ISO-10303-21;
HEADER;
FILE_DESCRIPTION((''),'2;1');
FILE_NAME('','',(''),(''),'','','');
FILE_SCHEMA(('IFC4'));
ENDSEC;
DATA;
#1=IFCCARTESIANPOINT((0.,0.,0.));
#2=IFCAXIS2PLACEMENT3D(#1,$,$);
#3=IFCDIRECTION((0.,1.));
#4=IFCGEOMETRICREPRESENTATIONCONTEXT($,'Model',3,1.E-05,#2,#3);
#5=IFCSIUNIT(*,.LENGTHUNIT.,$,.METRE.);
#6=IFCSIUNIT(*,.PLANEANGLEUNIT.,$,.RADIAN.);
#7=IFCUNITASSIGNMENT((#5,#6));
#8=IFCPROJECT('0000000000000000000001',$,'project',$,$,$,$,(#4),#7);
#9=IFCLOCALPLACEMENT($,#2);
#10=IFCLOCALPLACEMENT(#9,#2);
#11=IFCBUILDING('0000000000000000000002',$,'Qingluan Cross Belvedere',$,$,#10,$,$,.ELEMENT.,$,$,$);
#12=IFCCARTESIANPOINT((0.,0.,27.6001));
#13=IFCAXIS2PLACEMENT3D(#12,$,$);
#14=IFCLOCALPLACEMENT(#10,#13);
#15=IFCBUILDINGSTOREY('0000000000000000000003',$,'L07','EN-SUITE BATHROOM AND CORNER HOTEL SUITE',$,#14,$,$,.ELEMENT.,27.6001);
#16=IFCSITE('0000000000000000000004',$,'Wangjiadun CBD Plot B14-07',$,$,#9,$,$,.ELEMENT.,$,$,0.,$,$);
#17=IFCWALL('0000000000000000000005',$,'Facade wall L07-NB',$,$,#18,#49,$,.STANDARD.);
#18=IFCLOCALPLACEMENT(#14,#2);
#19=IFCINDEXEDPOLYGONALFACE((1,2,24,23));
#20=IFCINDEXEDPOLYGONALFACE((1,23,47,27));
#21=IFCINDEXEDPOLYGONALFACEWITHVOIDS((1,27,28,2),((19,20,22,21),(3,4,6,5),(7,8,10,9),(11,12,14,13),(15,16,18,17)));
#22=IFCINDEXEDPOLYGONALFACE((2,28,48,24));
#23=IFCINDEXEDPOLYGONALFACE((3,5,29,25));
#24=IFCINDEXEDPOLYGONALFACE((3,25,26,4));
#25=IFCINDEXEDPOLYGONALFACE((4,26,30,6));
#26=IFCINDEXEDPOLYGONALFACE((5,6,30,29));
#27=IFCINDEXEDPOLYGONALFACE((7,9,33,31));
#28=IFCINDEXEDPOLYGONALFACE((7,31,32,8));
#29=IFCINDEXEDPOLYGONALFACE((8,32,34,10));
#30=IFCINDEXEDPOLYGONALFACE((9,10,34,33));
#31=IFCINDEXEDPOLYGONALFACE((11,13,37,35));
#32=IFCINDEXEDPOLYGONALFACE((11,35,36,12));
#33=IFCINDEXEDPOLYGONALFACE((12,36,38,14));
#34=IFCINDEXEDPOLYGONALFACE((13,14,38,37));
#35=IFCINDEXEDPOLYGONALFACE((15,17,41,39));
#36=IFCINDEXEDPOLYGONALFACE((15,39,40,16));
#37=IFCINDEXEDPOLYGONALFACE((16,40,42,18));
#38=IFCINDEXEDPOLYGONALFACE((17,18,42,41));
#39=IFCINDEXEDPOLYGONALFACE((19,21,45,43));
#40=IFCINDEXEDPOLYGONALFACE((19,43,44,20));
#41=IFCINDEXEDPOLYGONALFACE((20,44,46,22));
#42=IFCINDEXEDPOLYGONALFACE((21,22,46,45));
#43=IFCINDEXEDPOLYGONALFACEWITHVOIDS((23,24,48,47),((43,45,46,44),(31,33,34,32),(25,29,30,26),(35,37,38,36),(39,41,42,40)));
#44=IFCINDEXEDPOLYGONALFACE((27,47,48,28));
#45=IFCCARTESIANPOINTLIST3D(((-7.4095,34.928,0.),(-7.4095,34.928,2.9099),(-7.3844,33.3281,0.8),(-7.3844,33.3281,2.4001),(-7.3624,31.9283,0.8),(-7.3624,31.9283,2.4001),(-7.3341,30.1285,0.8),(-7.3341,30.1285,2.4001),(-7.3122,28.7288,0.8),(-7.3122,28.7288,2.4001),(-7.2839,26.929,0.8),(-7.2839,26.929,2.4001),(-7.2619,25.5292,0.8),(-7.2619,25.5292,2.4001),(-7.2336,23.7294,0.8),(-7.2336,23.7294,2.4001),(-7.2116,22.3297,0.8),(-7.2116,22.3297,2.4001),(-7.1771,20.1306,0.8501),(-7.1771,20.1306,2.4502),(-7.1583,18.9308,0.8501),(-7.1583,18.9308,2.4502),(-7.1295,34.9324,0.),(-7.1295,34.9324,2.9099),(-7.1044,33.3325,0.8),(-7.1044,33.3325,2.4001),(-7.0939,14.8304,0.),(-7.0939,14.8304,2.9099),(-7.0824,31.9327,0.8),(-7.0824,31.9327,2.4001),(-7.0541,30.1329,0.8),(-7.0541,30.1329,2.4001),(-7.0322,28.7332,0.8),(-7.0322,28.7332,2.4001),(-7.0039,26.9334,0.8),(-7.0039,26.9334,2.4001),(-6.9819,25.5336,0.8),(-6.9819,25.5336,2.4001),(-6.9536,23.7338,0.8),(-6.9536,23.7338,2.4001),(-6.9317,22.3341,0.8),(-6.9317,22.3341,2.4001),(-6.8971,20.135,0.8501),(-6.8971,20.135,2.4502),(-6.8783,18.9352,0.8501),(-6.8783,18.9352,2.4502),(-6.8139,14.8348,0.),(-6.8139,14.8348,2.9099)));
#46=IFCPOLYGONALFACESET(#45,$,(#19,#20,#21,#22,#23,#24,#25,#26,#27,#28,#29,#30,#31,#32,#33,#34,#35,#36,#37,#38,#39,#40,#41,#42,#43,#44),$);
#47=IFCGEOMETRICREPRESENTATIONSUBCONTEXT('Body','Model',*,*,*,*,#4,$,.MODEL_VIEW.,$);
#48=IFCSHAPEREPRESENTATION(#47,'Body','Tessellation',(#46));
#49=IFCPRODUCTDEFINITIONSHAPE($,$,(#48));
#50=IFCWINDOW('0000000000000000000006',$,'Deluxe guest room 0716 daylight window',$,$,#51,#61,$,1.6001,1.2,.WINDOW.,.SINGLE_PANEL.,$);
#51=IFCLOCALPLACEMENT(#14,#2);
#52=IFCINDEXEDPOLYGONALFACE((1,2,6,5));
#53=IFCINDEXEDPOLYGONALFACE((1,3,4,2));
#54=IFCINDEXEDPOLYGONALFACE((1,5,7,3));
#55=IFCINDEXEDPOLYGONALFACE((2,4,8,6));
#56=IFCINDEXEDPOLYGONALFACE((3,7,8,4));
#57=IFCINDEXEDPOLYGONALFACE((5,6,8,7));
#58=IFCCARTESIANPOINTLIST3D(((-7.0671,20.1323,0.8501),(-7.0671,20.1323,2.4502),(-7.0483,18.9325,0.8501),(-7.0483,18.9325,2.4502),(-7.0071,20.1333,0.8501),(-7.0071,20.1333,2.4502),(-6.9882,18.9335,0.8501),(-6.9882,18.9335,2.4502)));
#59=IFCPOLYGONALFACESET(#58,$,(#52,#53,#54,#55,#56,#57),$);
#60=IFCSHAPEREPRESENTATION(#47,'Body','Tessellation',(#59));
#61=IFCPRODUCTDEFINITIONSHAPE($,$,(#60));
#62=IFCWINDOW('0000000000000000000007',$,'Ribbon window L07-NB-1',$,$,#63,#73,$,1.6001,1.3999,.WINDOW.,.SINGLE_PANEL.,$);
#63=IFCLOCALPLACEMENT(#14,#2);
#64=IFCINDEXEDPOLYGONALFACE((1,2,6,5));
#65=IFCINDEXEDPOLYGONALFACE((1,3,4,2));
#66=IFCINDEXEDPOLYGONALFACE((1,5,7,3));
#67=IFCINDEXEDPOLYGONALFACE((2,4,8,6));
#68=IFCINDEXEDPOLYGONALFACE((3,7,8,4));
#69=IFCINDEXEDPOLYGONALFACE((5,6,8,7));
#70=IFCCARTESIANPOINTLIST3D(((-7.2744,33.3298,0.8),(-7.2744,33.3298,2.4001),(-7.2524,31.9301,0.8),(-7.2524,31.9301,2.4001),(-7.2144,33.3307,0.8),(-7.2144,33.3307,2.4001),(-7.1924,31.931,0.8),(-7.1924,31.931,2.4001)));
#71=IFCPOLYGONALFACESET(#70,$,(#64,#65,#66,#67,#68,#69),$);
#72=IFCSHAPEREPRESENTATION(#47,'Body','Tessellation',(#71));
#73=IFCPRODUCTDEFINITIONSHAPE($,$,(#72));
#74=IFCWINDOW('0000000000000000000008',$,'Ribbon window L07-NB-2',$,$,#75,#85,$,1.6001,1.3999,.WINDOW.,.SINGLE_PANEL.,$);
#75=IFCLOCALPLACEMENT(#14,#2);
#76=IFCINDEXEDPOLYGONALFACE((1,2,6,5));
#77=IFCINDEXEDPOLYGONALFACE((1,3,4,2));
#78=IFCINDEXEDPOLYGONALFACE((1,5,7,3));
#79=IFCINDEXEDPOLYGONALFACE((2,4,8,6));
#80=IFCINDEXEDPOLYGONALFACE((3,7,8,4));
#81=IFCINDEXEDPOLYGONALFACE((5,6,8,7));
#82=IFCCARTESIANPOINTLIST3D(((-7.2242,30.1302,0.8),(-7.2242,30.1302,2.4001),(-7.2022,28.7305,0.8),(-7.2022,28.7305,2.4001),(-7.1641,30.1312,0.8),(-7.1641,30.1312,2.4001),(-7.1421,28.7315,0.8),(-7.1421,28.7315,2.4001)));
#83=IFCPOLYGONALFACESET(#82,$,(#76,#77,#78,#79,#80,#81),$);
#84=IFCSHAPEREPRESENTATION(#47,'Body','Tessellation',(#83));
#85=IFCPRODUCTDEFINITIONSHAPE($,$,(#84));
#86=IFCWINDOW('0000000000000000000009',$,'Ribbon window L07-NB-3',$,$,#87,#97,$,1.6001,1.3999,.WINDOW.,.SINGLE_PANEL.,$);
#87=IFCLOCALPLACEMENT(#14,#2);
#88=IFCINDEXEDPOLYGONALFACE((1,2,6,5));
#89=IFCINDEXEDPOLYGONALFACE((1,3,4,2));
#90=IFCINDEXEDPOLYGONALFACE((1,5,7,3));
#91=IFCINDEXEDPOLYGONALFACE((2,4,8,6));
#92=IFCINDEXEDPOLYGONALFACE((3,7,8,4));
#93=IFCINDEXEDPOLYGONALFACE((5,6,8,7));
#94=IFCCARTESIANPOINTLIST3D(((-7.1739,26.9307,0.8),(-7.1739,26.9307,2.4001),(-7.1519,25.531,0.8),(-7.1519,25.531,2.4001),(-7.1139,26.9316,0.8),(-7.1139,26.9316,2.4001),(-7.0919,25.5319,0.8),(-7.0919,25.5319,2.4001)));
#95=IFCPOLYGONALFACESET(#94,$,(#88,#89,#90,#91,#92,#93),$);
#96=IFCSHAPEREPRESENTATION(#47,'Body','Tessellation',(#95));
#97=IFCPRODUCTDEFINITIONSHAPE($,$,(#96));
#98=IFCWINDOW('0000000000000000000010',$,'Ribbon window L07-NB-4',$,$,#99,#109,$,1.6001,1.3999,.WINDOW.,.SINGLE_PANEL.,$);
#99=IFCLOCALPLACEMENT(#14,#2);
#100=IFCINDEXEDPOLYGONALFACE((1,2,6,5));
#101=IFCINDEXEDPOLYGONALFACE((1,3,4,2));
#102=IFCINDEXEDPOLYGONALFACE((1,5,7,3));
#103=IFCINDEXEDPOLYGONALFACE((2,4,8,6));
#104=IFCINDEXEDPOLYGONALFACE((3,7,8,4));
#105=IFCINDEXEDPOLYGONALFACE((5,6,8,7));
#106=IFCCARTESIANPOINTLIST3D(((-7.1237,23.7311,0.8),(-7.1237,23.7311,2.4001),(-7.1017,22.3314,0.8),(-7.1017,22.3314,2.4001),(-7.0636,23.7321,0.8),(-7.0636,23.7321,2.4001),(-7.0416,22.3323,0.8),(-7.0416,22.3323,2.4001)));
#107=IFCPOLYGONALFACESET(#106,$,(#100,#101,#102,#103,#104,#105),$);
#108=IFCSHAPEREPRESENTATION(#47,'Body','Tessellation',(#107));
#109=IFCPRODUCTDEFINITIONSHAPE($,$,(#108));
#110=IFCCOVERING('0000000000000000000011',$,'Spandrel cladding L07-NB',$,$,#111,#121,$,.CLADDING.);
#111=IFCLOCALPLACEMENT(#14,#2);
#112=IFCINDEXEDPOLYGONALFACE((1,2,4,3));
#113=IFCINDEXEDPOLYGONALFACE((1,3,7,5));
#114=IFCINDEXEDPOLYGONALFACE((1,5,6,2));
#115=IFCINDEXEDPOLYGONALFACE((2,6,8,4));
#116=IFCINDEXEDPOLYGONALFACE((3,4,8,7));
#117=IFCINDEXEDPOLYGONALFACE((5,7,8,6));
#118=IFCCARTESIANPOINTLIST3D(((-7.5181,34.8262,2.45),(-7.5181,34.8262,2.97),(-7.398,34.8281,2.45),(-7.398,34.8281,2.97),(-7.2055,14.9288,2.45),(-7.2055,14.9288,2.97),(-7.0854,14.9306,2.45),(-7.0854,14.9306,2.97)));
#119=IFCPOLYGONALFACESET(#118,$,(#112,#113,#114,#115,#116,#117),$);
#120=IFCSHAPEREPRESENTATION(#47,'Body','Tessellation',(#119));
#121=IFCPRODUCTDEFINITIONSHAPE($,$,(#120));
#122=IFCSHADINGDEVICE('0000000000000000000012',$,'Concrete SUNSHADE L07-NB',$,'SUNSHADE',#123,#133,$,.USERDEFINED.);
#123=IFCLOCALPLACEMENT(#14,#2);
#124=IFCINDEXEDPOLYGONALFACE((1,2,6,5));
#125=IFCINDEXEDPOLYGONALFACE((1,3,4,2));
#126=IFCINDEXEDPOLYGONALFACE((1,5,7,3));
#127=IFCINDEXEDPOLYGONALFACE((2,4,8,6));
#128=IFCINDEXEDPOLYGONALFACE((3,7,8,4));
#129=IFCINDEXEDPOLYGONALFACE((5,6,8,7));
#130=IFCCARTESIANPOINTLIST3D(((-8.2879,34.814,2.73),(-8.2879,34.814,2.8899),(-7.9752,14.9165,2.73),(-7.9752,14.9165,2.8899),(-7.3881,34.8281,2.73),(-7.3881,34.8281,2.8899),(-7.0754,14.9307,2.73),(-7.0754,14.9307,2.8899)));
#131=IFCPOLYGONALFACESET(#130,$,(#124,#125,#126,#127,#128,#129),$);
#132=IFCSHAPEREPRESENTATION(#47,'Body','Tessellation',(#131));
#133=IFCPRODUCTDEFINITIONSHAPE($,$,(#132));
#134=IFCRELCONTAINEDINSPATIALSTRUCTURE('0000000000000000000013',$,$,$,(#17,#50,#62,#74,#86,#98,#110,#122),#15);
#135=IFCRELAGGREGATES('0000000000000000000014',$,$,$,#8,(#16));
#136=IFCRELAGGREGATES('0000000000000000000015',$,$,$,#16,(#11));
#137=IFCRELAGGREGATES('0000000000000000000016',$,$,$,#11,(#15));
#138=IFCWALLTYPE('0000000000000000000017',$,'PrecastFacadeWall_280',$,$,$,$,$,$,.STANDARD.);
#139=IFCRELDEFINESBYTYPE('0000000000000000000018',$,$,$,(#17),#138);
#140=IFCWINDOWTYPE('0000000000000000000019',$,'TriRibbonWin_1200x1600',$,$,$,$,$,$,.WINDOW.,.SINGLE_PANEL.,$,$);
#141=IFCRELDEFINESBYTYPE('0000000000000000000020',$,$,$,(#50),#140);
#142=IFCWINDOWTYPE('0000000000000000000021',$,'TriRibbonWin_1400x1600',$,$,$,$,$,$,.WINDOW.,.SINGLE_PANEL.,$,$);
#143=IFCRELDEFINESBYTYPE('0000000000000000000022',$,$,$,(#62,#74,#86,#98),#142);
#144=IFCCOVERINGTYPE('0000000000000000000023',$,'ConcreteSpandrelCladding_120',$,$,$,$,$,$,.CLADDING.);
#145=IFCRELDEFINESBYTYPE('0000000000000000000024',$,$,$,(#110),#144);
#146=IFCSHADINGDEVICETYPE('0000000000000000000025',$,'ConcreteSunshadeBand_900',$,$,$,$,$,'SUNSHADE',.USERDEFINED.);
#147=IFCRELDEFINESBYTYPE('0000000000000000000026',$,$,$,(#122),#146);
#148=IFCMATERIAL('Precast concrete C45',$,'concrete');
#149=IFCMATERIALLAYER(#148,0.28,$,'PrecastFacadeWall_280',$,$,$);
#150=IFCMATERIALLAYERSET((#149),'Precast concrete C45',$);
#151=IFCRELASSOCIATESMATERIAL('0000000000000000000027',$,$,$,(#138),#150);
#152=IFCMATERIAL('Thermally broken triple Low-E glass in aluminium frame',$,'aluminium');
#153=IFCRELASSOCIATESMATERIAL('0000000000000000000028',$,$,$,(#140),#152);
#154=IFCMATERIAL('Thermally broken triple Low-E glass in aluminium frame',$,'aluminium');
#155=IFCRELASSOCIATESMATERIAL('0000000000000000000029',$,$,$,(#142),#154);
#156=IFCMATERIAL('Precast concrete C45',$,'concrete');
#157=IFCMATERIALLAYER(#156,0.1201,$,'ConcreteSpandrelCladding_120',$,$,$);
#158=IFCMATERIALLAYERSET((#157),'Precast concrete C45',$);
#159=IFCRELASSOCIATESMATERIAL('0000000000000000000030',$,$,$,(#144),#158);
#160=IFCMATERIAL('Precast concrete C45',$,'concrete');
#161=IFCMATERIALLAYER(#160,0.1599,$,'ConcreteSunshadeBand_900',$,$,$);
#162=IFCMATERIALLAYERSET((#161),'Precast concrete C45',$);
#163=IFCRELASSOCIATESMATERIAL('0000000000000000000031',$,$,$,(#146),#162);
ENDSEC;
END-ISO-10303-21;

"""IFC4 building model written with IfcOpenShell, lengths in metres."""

from ifc_helpers import new_model, si_unit, direction, frame, frame_2d, origin, origin_2d, place, context, subcontext, project, spatial, rectangle, extrude, material, layer, layer_set, type_object, element, fill, save


model = new_model("IFC4")

# Units and contexts
model_context = context("Model", 3, precision=1e-05, world=origin(), true_north=direction((0.0, 1.0)))
body_context = subcontext(model_context, "Body", "Model", "MODEL_VIEW")
ifc_project = project(units=[si_unit("LENGTHUNIT", "METRE"), si_unit("PLANEANGLEUNIT", "RADIAN")], contexts=[model_context])

# Site, building, storey
site_placement = place(None, origin())
site = spatial("IfcSite", under=ifc_project, at=site_placement, Name="Wangjiadun CBD Plot B14-07", CompositionType="ELEMENT", RefElevation=0.0)
building_placement = place(site_placement, origin())
building = spatial("IfcBuilding", under=site, at=building_placement, Name="Qingluan Cross Belvedere", CompositionType="ELEMENT")
storey_placement = place(building_placement, frame((0.0, 0.0, 27.6001)))
storey = spatial("IfcBuildingStorey", under=building, at=storey_placement, Name="L07", Description="EN-SUITE BATHROOM AND CORNER HOTEL SUITE", CompositionType="ELEMENT", Elevation=27.6001)

# Wall, openings, windows
ifc_material_1 = material(Name="Precast concrete C45", Category="concrete")
ifc_layer_1 = layer(ifc_material_1, 0.28, Name="PrecastFacadeWall_280")
ifc_layer_set_1 = layer_set([ifc_layer_1], Name="Precast concrete C45")
wall_type_1 = type_object("IfcWallType", Name="PrecastFacadeWall_280", PredefinedType="STANDARD", material=ifc_layer_set_1)
wall_1_placement = place(storey_placement, frame((-7.2695, 34.9302, 0.0), z_axis=(0.0, 0.0, 1.0), x_axis=(0.015705, -0.999877, 0.0)))
wall_1 = element("IfcWall", 1, at=wall_1_placement, inside=storey, type_object=wall_type_1, Name="Facade wall L07-NB", PredefinedType="STANDARD", context=body_context, shape_type="SweptSolid", body=[
    extrude(rectangle(XDim=20.1001, YDim=0.28, at=frame_2d((10.05, 0.0))), origin(), (0.0, 0.0, 1.0), 2.9099),
])
opening_1_placement = place(wall_1_placement, frame((1.6001, 0.0, 0.8)))
opening_1 = element("IfcOpeningElement", 2, at=opening_1_placement, cuts=wall_1, PredefinedType="OPENING", context=body_context, shape_type="SweptSolid", body=[
    extrude(rectangle(XDim=1.3999, YDim=1.6001, at=frame_2d((0.7, 0.8))), frame((0.0, 0.1499, 0.0), z_axis=(0.0, -1.0, 0.0), x_axis=(1.0, 0.0, 0.0)), (0.0, 0.0, 1.0), 0.3),
])
opening_2_placement = place(wall_1_placement, frame((4.8, 0.0, 0.8)))
opening_2 = element("IfcOpeningElement", 3, at=opening_2_placement, cuts=wall_1, PredefinedType="OPENING", context=body_context, shape_type="SweptSolid", body=[
    extrude(rectangle(XDim=1.3999, YDim=1.6001, at=frame_2d((0.7, 0.8))), frame((0.0, 0.1499, 0.0), z_axis=(0.0, -1.0, 0.0), x_axis=(1.0, 0.0, 0.0)), (0.0, 0.0, 1.0), 0.3),
])
opening_3_placement = place(wall_1_placement, frame((8.0, 0.0, 0.8)))
opening_3 = element("IfcOpeningElement", 4, at=opening_3_placement, cuts=wall_1, PredefinedType="OPENING", context=body_context, shape_type="SweptSolid", body=[
    extrude(rectangle(XDim=1.3999, YDim=1.6001, at=frame_2d((0.7, 0.8))), frame((0.0, 0.1499, 0.0), z_axis=(0.0, -1.0, 0.0), x_axis=(1.0, 0.0, 0.0)), (0.0, 0.0, 1.0), 0.3),
])
opening_4_placement = place(wall_1_placement, frame((11.2, 0.0, 0.8)))
opening_4 = element("IfcOpeningElement", 5, at=opening_4_placement, cuts=wall_1, PredefinedType="OPENING", context=body_context, shape_type="SweptSolid", body=[
    extrude(rectangle(XDim=1.3999, YDim=1.6001, at=frame_2d((0.7, 0.8))), frame((0.0, 0.1499, 0.0), z_axis=(0.0, -1.0, 0.0), x_axis=(1.0, 0.0, 0.0)), (0.0, 0.0, 1.0), 0.3),
])
opening_5_placement = place(wall_1_placement, frame((14.7991, 0.0, 0.8501)))
opening_5 = element("IfcOpeningElement", 6, at=opening_5_placement, cuts=wall_1, PredefinedType="OPENING", context=body_context, shape_type="SweptSolid", body=[
    extrude(rectangle(XDim=1.2, YDim=1.6001, at=frame_2d((0.6001, 0.8))), frame((0.0, 0.1499, 0.0), z_axis=(0.0, -1.0, 0.0), x_axis=(1.0, 0.0, 0.0)), (0.0, 0.0, 1.0), 0.3),
])
ifc_material_2 = material(Name="Thermally broken triple Low-E glass in aluminium frame", Category="aluminium")
window_type_1 = type_object("IfcWindowType", Name="TriRibbonWin_1200x1600", PartitioningType="SINGLE_PANEL", PredefinedType="WINDOW", material=ifc_material_2)
window_1_placement = place(opening_5_placement, origin())
window_1 = element("IfcWindow", 7, at=window_1_placement, inside=storey, type_object=window_type_1, Name="Deluxe guest room 0716 daylight window", OverallHeight=1.6001, OverallWidth=1.2, PartitioningType="SINGLE_PANEL", PredefinedType="WINDOW", context=body_context, shape_type="SweptSolid", body=[
    extrude(rectangle(XDim=1.2, YDim=1.6001, at=frame_2d((0.6001, 0.8))), frame((0.0, 0.03, 0.0), z_axis=(0.0, -1.0, 0.0), x_axis=(1.0, 0.0, 0.0)), (0.0, 0.0, 1.0), 0.0601),
])
fill(opening_5, window_1)
ifc_material_3 = material(Name="Thermally broken triple Low-E glass in aluminium frame", Category="aluminium")
window_type_2 = type_object("IfcWindowType", Name="TriRibbonWin_1400x1600", PartitioningType="SINGLE_PANEL", PredefinedType="WINDOW", material=ifc_material_3)
window_2_placement = place(opening_1_placement, origin())
window_2 = element("IfcWindow", 8, at=window_2_placement, inside=storey, type_object=window_type_2, Name="Ribbon window L07-NB-1", OverallHeight=1.6001, OverallWidth=1.3999, PartitioningType="SINGLE_PANEL", PredefinedType="WINDOW", context=body_context, shape_type="SweptSolid", body=[
    extrude(rectangle(XDim=1.3999, YDim=1.6001, at=frame_2d((0.7, 0.8))), frame((0.0, 0.03, 0.0), z_axis=(0.0, -1.0, 0.0), x_axis=(1.0, 0.0, 0.0)), (0.0, 0.0, 1.0), 0.0601),
])
fill(opening_1, window_2)
window_3_placement = place(opening_2_placement, origin())
window_3 = element("IfcWindow", 9, at=window_3_placement, inside=storey, type_object=window_type_2, Name="Ribbon window L07-NB-2", OverallHeight=1.6001, OverallWidth=1.3999, PartitioningType="SINGLE_PANEL", PredefinedType="WINDOW", context=body_context, shape_type="SweptSolid", body=[
    extrude(rectangle(XDim=1.3999, YDim=1.6001, at=frame_2d((0.7, 0.8))), frame((0.0, 0.03, 0.0), z_axis=(0.0, -1.0, 0.0), x_axis=(1.0, 0.0, 0.0)), (0.0, 0.0, 1.0), 0.0601),
])
fill(opening_2, window_3)
window_4_placement = place(opening_3_placement, origin())
window_4 = element("IfcWindow", 10, at=window_4_placement, inside=storey, type_object=window_type_2, Name="Ribbon window L07-NB-3", OverallHeight=1.6001, OverallWidth=1.3999, PartitioningType="SINGLE_PANEL", PredefinedType="WINDOW", context=body_context, shape_type="SweptSolid", body=[
    extrude(rectangle(XDim=1.3999, YDim=1.6001, at=frame_2d((0.7, 0.8))), frame((0.0, 0.03, 0.0), z_axis=(0.0, -1.0, 0.0), x_axis=(1.0, 0.0, 0.0)), (0.0, 0.0, 1.0), 0.0601),
])
fill(opening_3, window_4)
window_5_placement = place(opening_4_placement, origin())
window_5 = element("IfcWindow", 11, at=window_5_placement, inside=storey, type_object=window_type_2, Name="Ribbon window L07-NB-4", OverallHeight=1.6001, OverallWidth=1.3999, PartitioningType="SINGLE_PANEL", PredefinedType="WINDOW", context=body_context, shape_type="SweptSolid", body=[
    extrude(rectangle(XDim=1.3999, YDim=1.6001, at=frame_2d((0.7, 0.8))), frame((0.0, 0.03, 0.0), z_axis=(0.0, -1.0, 0.0), x_axis=(1.0, 0.0, 0.0)), (0.0, 0.0, 1.0), 0.0601),
])
fill(opening_4, window_5)

# Covering
ifc_material_4 = material(Name="Precast concrete C45", Category="concrete")
ifc_layer_2 = layer(ifc_material_4, 0.1201, Name="ConcreteSpandrelCladding_120")
ifc_layer_set_2 = layer_set([ifc_layer_2], Name="Precast concrete C45")
covering_type = type_object("IfcCoveringType", Name="ConcreteSpandrelCladding_120", PredefinedType="CLADDING", material=ifc_layer_set_2)
covering_placement = place(storey_placement, frame((-7.3018, 24.8784, 2.45), z_axis=(0.0, 0.0, 1.0), x_axis=(0.015711, -0.999877, 0.0)))
element("IfcCovering", 12, at=covering_placement, inside=storey, type_object=covering_type, Name="Spandrel cladding L07-NB", PredefinedType="CLADDING", context=body_context, shape_type="SweptSolid", body=[
    extrude(rectangle(XDim=19.8999, YDim=0.1201, at=origin_2d()), origin(), (0.0, 0.0, 1.0), 0.52),
])

# Shading device
ifc_material_5 = material(Name="Precast concrete C45", Category="concrete")
ifc_layer_3 = layer(ifc_material_5, 0.1599, Name="ConcreteSunshadeBand_900")
ifc_layer_set_3 = layer_set([ifc_layer_3], Name="Precast concrete C45")
shading_device_type = type_object("IfcShadingDeviceType", Name="ConcreteSunshadeBand_900", ElementType="SUNSHADE", PredefinedType="USERDEFINED", material=ifc_layer_set_3)
shading_device_placement = place(storey_placement, frame((-7.6816, 24.8723, 2.73), z_axis=(0.0, 0.0, 1.0), x_axis=(0.015711, -0.999877, 0.0)))
element("IfcShadingDevice", 13, at=shading_device_placement, inside=storey, type_object=shading_device_type, Name="Concrete SUNSHADE L07-NB", ObjectType="SUNSHADE", PredefinedType="USERDEFINED", context=body_context, shape_type="SweptSolid", body=[
    extrude(rectangle(XDim=19.8999, YDim=0.8999, at=origin_2d()), origin(), (0.0, 0.0, 1.0), 0.1599),
])

save(model, "model.ifc")
